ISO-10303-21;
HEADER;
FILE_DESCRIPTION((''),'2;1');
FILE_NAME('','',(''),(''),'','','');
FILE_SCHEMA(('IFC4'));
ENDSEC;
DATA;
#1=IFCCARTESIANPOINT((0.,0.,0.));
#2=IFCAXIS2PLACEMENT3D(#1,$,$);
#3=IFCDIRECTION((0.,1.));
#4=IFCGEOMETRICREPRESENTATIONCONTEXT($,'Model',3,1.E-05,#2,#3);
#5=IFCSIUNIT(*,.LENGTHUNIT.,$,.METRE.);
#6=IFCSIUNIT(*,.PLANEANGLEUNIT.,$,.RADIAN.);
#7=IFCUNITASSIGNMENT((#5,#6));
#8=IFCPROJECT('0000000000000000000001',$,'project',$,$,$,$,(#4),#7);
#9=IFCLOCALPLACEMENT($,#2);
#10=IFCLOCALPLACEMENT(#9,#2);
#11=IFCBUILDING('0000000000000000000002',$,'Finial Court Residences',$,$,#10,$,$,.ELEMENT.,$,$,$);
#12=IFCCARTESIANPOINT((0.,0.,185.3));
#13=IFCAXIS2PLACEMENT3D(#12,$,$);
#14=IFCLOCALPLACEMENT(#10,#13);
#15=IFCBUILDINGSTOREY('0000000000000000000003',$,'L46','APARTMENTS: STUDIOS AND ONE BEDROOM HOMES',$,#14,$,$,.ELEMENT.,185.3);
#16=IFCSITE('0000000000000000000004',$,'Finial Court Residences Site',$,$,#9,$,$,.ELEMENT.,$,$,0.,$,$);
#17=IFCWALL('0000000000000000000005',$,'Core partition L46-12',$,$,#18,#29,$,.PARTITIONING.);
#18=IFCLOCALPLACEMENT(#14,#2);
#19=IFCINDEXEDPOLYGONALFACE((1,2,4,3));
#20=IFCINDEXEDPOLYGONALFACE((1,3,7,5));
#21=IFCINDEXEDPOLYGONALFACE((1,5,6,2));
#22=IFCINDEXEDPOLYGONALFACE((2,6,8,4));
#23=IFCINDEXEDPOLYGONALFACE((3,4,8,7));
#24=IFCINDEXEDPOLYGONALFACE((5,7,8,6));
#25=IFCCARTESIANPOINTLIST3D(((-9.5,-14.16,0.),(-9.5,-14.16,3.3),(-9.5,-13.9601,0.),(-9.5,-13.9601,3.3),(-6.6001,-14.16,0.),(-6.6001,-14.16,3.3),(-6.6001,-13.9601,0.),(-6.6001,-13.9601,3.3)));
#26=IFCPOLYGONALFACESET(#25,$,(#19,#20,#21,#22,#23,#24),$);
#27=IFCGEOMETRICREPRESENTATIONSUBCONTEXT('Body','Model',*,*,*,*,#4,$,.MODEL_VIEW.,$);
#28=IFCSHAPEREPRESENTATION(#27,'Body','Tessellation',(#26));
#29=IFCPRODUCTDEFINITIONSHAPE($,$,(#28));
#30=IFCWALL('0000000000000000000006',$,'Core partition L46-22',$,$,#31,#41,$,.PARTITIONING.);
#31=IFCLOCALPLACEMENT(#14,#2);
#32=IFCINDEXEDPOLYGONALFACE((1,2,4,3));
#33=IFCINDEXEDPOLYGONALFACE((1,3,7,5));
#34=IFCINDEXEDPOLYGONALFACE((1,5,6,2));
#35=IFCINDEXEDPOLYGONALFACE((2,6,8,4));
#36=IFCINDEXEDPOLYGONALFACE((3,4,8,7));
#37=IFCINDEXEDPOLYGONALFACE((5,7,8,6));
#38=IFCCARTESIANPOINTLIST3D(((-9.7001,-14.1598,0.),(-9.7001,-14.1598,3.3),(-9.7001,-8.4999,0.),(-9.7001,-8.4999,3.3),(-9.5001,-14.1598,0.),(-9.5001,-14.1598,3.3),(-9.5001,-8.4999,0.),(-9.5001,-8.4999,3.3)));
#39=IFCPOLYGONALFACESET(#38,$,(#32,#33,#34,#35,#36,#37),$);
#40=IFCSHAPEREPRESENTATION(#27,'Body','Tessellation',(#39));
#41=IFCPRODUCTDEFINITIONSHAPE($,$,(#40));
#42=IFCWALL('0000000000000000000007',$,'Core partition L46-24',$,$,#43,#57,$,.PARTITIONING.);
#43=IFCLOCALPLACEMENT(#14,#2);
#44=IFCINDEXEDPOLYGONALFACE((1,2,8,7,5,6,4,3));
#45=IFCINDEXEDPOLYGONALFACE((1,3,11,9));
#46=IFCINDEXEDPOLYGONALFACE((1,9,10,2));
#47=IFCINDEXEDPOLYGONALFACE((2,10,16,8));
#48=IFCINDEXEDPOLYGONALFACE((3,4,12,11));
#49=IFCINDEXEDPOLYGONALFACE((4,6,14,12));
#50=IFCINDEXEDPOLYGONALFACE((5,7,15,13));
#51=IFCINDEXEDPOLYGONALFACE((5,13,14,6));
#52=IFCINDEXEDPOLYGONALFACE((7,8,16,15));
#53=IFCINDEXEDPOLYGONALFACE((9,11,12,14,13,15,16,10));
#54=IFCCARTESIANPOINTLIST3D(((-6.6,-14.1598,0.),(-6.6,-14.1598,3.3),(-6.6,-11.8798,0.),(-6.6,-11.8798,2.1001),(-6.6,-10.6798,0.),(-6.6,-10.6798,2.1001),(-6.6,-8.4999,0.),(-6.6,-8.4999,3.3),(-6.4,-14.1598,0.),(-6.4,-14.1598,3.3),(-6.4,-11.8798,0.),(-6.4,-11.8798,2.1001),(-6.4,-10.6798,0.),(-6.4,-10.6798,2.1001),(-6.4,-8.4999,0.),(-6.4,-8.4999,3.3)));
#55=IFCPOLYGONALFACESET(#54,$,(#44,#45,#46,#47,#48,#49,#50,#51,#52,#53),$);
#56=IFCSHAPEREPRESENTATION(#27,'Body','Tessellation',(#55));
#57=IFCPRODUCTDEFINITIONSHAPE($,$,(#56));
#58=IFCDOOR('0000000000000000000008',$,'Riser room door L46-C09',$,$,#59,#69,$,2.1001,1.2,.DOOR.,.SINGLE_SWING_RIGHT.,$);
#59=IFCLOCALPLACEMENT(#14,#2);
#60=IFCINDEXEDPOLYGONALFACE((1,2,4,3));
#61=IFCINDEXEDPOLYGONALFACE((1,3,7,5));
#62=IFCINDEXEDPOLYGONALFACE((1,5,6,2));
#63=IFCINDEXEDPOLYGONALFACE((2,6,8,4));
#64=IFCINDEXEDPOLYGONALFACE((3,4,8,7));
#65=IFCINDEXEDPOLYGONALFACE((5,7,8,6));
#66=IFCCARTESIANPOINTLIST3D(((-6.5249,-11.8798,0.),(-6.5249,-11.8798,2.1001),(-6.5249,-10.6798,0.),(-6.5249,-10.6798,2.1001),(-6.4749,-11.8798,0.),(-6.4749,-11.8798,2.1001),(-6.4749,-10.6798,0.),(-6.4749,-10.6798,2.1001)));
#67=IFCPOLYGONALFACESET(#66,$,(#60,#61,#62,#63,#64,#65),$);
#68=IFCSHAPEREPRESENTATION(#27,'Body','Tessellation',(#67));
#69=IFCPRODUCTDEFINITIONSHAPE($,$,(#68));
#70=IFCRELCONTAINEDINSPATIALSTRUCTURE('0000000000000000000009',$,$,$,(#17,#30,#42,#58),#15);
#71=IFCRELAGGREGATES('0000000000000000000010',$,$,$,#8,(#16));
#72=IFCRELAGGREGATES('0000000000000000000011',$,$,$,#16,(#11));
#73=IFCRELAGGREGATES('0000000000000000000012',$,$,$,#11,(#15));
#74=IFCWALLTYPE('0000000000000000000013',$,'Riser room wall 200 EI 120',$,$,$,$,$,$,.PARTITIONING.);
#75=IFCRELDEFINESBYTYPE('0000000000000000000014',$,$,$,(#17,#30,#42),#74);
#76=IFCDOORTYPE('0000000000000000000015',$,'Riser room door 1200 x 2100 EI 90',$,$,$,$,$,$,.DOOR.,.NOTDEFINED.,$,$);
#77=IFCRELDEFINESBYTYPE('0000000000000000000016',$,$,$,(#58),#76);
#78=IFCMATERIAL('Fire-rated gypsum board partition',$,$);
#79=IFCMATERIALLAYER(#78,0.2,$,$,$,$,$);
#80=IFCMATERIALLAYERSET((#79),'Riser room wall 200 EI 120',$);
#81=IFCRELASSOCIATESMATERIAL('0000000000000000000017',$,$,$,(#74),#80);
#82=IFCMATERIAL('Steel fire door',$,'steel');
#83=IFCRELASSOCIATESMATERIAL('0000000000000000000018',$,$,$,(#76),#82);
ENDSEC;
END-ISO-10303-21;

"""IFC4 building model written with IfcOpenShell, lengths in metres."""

from ifc_helpers import new_model, si_unit, direction, frame, frame_2d, origin, place, context, subcontext, project, spatial, rectangle, extrude, material, layer, layer_set, type_object, element, fill, save


model = new_model("IFC4")

# Units and contexts
model_context = context("Model", 3, precision=1e-05, world=origin(), true_north=direction((0.0, 1.0)))
body_context = subcontext(model_context, "Body", "Model", "MODEL_VIEW")
ifc_project = project(units=[si_unit("LENGTHUNIT", "METRE"), si_unit("PLANEANGLEUNIT", "RADIAN")], contexts=[model_context])

# Site, building, storey
site_placement = place(None, origin())
site = spatial("IfcSite", under=ifc_project, at=site_placement, Name="Finial Court Residences Site", CompositionType="ELEMENT", RefElevation=0.0)
building_placement = place(site_placement, origin())
building = spatial("IfcBuilding", under=site, at=building_placement, Name="Finial Court Residences", CompositionType="ELEMENT")
storey_placement = place(building_placement, frame((0.0, 0.0, 185.3)))
storey = spatial("IfcBuildingStorey", under=building, at=storey_placement, Name="L46", Description="APARTMENTS: STUDIOS AND ONE BEDROOM HOMES", CompositionType="ELEMENT", Elevation=185.3)

# Shared definitions
ifc_material_1 = material(Name="Fire-rated gypsum board partition")

# Shared definitions
ifc_material_2 = material(Name="Steel fire door", Category="steel")

# Walls
ifc_layer_1 = layer(ifc_material_1, 0.2)
ifc_layer_set_1 = layer_set([ifc_layer_1], Name="Riser room wall 200 EI 120")
wall_type_1 = type_object("IfcWallType", Name="Riser room wall 200 EI 120", PredefinedType="PARTITIONING", material=ifc_layer_set_1)
wall_1_placement = place(storey_placement, frame((-9.5, -14.0601, 0.0), z_axis=(0.0, 0.0, 1.0), x_axis=(1.0, 0.0, 0.0)))
element("IfcWall", 1, at=wall_1_placement, inside=storey, type_object=wall_type_1, Name="Core partition L46-12", PredefinedType="PARTITIONING", context=body_context, shape_type="SweptSolid", body=[
    extrude(rectangle(XDim=2.8999, YDim=0.2, at=frame_2d((1.45, 0.0))), origin(), (0.0, 0.0, 1.0), 3.3),
])
wall_2_placement = place(storey_placement, frame((-9.6001, -14.1599, 0.0), z_axis=(0.0, 0.0, 1.0), x_axis=(0.0, 1.0, 0.0)))
element("IfcWall", 2, at=wall_2_placement, inside=storey, type_object=wall_type_1, Name="Core partition L46-22", PredefinedType="PARTITIONING", context=body_context, shape_type="SweptSolid", body=[
    extrude(rectangle(XDim=5.6599, YDim=0.2, at=frame_2d((2.8301, 0.0))), origin(), (0.0, 0.0, 1.0), 3.3),
])

# Wall, opening, door
wall_3_placement = place(storey_placement, frame((-6.5, -14.1599, 0.0), z_axis=(0.0, 0.0, 1.0), x_axis=(0.0, 1.0, 0.0)))
wall_3 = element("IfcWall", 3, at=wall_3_placement, inside=storey, type_object=wall_type_1, Name="Core partition L46-24", PredefinedType="PARTITIONING", context=body_context, shape_type="SweptSolid", body=[
    extrude(rectangle(XDim=5.6599, YDim=0.2, at=frame_2d((2.8301, 0.0))), origin(), (0.0, 0.0, 1.0), 3.3),
])
opening_1_placement = place(wall_3_placement, frame((2.28, 0.0, 0.0)))
opening_1 = element("IfcOpeningElement", 4, at=opening_1_placement, cuts=wall_3, PredefinedType="OPENING", context=body_context, shape_type="SweptSolid", body=[
    extrude(rectangle(XDim=1.2, YDim=2.1001, at=frame_2d((0.6001, 1.05))), frame((0.0, 0.1099, 0.0), z_axis=(0.0, -1.0, 0.0), x_axis=(1.0, 0.0, 0.0)), (0.0, 0.0, 1.0), 0.22),
])
door_type_1 = type_object("IfcDoorType", Name="Riser room door 1200 x 2100 EI 90", OperationType="NOTDEFINED", PredefinedType="DOOR", material=ifc_material_2)
door_1_placement = place(opening_1_placement, origin())
door_1 = element("IfcDoor", 5, at=door_1_placement, inside=storey, type_object=door_type_1, Name="Riser room door L46-C09", OperationType="SINGLE_SWING_RIGHT", OverallHeight=2.1001, OverallWidth=1.2, PredefinedType="DOOR", context=body_context, shape_type="SweptSolid", body=[
    extrude(rectangle(XDim=1.2, YDim=2.1001, at=frame_2d((0.6001, 1.05))), frame((0.0, 0.0249, 0.0), z_axis=(0.0, -1.0, 0.0), x_axis=(1.0, 0.0, 0.0)), (0.0, 0.0, 1.0), 0.05),
])
fill(opening_1, door_1)

save(model, "model.ifc")
